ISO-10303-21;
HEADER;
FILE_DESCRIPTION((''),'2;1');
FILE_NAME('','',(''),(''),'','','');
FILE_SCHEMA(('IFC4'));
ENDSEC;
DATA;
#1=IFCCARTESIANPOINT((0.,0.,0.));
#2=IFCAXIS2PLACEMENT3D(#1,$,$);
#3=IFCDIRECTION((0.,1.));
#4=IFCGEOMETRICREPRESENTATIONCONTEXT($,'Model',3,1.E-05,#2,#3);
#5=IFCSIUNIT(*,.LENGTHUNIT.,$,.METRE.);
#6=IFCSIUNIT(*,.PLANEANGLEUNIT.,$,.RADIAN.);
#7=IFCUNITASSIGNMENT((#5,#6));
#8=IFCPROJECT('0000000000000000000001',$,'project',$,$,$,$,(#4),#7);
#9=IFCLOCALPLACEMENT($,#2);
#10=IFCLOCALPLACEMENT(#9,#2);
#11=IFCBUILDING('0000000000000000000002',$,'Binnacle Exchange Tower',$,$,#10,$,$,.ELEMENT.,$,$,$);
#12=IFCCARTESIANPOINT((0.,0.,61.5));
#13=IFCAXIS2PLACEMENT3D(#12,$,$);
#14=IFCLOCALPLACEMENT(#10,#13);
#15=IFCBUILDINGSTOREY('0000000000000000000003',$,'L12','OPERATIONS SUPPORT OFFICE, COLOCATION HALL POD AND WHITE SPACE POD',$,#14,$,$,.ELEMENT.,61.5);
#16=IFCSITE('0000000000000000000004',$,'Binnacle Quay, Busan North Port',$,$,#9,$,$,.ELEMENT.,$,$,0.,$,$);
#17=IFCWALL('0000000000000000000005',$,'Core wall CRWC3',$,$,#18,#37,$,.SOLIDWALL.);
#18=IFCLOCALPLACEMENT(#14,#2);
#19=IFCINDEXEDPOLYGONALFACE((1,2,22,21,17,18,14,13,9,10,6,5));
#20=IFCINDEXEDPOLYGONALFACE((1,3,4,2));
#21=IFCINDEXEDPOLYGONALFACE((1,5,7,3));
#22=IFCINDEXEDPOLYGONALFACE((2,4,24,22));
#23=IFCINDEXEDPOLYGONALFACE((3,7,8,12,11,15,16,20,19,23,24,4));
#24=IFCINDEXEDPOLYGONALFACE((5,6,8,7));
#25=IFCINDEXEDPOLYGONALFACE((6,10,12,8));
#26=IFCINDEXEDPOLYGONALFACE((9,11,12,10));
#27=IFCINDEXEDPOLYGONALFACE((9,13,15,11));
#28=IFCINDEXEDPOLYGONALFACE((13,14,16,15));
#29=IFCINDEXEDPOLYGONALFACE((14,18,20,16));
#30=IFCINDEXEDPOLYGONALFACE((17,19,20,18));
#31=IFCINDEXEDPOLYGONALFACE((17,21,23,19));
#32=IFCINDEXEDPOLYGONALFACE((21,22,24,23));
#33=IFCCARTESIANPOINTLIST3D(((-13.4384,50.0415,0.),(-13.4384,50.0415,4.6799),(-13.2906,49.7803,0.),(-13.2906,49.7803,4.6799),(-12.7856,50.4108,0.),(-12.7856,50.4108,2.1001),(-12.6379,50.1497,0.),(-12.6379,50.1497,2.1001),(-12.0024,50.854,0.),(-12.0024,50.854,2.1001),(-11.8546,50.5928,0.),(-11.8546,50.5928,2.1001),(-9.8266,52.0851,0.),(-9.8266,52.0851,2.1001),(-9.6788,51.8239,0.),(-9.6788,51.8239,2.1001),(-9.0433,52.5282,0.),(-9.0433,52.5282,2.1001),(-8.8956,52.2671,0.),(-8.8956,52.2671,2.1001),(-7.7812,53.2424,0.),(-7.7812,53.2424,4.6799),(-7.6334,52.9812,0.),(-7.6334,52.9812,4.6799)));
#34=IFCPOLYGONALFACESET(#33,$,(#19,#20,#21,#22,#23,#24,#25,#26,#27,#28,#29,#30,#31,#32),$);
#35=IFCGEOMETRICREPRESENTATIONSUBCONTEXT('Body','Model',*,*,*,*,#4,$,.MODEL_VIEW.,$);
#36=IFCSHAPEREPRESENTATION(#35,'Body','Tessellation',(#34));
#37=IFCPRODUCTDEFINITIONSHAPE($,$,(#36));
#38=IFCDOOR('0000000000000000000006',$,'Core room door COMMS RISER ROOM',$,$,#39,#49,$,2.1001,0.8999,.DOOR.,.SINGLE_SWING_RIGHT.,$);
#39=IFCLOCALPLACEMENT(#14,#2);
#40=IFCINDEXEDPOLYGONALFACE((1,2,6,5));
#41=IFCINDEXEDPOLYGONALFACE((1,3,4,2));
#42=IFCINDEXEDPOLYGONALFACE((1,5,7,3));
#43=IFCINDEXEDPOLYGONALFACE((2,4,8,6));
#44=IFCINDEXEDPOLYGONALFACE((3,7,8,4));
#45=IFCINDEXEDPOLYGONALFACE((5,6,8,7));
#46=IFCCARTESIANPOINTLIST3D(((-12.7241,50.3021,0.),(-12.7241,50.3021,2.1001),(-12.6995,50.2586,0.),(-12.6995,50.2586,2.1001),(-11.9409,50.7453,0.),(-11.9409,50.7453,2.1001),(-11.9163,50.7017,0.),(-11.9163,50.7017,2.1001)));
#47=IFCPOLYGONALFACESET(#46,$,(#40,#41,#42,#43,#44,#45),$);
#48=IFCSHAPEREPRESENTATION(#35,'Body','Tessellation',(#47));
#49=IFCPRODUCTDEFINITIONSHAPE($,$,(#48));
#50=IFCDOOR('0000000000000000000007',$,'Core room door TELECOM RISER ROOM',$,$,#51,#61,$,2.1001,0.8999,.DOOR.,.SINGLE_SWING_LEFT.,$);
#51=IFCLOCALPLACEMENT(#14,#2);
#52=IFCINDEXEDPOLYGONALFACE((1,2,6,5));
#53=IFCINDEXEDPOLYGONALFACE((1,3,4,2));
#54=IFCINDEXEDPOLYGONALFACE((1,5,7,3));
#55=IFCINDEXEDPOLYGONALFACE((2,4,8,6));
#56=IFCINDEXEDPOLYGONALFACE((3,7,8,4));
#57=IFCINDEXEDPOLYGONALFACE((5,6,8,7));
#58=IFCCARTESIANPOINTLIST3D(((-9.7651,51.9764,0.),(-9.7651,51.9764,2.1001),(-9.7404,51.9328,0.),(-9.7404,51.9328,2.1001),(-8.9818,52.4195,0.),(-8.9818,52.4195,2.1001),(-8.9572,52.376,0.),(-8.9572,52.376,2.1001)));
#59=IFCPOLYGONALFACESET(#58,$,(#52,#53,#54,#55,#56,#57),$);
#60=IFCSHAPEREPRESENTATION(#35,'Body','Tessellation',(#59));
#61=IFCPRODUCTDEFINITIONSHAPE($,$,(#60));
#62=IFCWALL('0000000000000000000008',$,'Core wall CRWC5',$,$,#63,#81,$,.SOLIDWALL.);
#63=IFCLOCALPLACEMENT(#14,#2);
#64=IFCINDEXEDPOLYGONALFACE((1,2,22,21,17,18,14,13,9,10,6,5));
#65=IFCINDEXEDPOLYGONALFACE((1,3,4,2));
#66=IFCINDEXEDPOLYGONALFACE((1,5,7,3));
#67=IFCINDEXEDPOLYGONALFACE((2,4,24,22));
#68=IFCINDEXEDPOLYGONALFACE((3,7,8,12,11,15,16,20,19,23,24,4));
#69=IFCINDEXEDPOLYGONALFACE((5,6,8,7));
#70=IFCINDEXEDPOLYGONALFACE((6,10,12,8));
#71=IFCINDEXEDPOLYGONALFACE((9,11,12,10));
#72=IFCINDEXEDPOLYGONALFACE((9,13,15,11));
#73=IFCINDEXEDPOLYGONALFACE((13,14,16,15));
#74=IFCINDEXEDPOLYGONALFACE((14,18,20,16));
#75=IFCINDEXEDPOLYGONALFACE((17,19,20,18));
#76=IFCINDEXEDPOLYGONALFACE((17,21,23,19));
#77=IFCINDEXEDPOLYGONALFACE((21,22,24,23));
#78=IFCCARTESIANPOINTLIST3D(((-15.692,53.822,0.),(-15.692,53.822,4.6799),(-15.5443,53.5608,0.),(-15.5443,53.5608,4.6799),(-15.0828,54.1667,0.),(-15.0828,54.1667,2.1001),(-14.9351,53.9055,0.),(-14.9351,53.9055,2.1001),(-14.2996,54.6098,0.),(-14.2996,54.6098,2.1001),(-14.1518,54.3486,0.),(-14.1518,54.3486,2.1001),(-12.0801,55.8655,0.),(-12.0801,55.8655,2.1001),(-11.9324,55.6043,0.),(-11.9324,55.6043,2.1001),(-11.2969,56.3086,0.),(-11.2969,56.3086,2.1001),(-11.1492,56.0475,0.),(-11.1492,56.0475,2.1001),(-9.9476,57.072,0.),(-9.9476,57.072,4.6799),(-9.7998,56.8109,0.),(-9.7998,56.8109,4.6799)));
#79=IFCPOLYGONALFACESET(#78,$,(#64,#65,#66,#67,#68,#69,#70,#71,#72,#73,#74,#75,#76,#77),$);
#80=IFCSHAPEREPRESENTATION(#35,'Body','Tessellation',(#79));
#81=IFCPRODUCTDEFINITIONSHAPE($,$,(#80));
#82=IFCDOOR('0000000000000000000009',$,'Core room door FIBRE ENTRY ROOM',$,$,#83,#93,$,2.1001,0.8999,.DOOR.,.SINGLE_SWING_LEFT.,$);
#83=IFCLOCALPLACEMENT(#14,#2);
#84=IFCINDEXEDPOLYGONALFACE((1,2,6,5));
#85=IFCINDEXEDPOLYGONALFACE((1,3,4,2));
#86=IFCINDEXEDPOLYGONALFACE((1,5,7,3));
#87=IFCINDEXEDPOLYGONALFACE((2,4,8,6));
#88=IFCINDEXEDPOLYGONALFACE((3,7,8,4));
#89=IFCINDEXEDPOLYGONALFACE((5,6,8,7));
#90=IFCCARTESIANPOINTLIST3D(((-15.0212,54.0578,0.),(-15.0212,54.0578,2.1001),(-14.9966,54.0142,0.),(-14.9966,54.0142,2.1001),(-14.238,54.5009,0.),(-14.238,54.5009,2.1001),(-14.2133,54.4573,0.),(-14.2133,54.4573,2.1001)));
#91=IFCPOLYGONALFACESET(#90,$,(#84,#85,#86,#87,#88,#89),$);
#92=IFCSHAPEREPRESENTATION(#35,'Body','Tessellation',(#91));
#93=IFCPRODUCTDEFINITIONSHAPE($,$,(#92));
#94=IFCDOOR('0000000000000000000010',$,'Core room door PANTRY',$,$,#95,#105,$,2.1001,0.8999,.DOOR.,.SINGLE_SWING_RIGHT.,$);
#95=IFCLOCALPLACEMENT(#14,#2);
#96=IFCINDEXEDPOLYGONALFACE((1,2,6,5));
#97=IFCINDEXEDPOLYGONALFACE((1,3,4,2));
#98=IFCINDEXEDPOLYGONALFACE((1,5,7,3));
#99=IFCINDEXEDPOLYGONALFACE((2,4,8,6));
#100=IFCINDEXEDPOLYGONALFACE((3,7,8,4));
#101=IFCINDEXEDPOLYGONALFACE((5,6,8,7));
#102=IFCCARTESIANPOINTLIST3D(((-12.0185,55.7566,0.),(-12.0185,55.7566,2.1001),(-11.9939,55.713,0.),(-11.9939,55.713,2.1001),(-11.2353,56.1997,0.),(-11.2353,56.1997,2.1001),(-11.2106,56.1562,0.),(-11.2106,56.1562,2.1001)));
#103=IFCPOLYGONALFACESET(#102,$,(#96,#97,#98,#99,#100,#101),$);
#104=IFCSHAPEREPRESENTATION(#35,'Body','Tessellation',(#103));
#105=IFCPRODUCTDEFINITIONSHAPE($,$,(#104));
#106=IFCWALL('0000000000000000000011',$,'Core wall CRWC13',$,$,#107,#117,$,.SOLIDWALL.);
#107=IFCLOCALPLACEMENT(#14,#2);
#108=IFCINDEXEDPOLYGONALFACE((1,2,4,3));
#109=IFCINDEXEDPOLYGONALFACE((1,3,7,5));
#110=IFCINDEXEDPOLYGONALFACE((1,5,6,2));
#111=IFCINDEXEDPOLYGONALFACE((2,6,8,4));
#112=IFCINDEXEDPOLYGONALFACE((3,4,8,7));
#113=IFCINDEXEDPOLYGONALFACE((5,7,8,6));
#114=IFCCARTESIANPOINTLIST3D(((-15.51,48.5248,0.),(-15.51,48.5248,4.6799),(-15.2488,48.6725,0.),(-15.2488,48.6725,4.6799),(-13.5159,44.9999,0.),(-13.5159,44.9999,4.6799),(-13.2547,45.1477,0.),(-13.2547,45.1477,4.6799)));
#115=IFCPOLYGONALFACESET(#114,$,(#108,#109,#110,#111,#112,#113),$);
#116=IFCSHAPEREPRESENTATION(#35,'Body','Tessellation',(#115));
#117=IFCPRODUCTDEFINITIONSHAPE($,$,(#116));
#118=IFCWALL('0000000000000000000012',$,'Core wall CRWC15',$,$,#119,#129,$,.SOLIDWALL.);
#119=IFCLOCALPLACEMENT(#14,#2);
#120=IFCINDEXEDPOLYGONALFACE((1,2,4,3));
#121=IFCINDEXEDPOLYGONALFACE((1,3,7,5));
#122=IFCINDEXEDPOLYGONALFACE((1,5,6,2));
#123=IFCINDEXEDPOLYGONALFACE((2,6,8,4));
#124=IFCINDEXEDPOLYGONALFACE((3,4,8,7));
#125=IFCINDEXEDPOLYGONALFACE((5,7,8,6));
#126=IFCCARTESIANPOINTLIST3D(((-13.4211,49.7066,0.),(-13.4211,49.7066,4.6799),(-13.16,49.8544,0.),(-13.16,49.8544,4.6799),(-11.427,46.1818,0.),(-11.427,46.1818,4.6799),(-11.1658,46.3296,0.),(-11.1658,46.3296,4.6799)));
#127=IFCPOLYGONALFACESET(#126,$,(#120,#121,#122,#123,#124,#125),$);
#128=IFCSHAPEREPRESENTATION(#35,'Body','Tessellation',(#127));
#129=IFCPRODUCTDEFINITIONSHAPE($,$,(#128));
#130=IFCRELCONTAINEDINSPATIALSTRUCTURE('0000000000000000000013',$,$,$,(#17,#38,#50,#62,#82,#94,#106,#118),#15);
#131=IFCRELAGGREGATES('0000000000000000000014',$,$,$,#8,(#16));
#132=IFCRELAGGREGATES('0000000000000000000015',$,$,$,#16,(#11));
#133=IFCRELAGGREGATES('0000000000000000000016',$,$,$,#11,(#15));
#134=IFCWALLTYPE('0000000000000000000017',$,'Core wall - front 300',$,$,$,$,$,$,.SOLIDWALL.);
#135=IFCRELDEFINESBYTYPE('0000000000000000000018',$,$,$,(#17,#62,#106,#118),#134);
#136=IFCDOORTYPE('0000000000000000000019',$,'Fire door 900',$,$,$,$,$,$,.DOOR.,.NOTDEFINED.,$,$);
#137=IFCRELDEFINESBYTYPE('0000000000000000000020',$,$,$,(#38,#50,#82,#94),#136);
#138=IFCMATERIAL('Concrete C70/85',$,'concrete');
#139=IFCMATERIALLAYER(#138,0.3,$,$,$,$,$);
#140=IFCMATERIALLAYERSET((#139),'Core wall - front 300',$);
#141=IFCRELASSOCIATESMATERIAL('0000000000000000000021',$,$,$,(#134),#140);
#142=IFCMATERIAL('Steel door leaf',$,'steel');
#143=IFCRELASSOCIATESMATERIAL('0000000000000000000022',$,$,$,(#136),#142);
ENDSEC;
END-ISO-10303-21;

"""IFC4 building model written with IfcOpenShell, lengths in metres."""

from ifc_helpers import new_model, si_unit, direction, frame, frame_2d, origin, place, context, subcontext, project, spatial, rectangle, extrude, material, layer, layer_set, type_object, element, fill, save


model = new_model("IFC4")

# Units and contexts
model_context = context("Model", 3, precision=1e-05, world=origin(), true_north=direction((0.0, 1.0)))
body_context = subcontext(model_context, "Body", "Model", "MODEL_VIEW")
ifc_project = project(units=[si_unit("LENGTHUNIT", "METRE"), si_unit("PLANEANGLEUNIT", "RADIAN")], contexts=[model_context])

# Site, building, storey
site_placement = place(None, origin())
site = spatial("IfcSite", under=ifc_project, at=site_placement, Name="Binnacle Quay, Busan North Port", CompositionType="ELEMENT", RefElevation=0.0)
building_placement = place(site_placement, origin())
building = spatial("IfcBuilding", under=site, at=building_placement, Name="Binnacle Exchange Tower", CompositionType="ELEMENT")
storey_placement = place(building_placement, frame((0.0, 0.0, 61.5)))
storey = spatial("IfcBuildingStorey", under=building, at=storey_placement, Name="L12", Description="OPERATIONS SUPPORT OFFICE, COLOCATION HALL POD AND WHITE SPACE POD", CompositionType="ELEMENT", Elevation=61.5)

# Shared definitions
ifc_material_1 = material(Name="Concrete C70/85", Category="concrete")

# Walls, openings, doors
ifc_layer_1 = layer(ifc_material_1, 0.3)
ifc_layer_set_1 = layer_set([ifc_layer_1], Name="Core wall - front 300")
wall_type_1 = type_object("IfcWallType", Name="Core wall - front 300", PredefinedType="SOLIDWALL", material=ifc_layer_set_1)
wall_1_placement = place(storey_placement, frame((-13.3645, 49.9109, 0.0), z_axis=(0.0, 0.0, 1.0), x_axis=(0.870341, 0.49245, 0.0)))
wall_1 = element("IfcWall", 1, at=wall_1_placement, inside=storey, type_object=wall_type_1, Name="Core wall CRWC3", PredefinedType="SOLIDWALL", context=body_context, shape_type="SweptSolid", body=[
    extrude(rectangle(XDim=6.5, YDim=0.3, at=frame_2d((3.25, 0.0))), origin(), (0.0, 0.0, 1.0), 4.6799),
])
opening_1_placement = place(wall_1_placement, frame((0.75, 0.0, 0.0)))
opening_1 = element("IfcOpeningElement", 2, at=opening_1_placement, cuts=wall_1, PredefinedType="OPENING", context=body_context, shape_type="SweptSolid", body=[
    extrude(rectangle(XDim=0.8999, YDim=2.1001, at=frame_2d((0.45, 1.05))), frame((0.0, 0.1599, 0.0), z_axis=(0.0, -1.0, 0.0), x_axis=(1.0, 0.0, 0.0)), (0.0, 0.0, 1.0), 0.3201),
])
opening_2_placement = place(wall_1_placement, frame((4.1499, 0.0, 0.0)))
opening_2 = element("IfcOpeningElement", 3, at=opening_2_placement, cuts=wall_1, PredefinedType="OPENING", context=body_context, shape_type="SweptSolid", body=[
    extrude(rectangle(XDim=0.8999, YDim=2.1001, at=frame_2d((0.45, 1.05))), frame((0.0, 0.1599, 0.0), z_axis=(0.0, -1.0, 0.0), x_axis=(1.0, 0.0, 0.0)), (0.0, 0.0, 1.0), 0.3201),
])
ifc_material_2 = material(Name="Steel door leaf", Category="steel")
door_type_1 = type_object("IfcDoorType", Name="Fire door 900", OperationType="NOTDEFINED", PredefinedType="DOOR", material=ifc_material_2)
door_1_placement = place(opening_1_placement, frame((0.8999, 0.0, 0.0), z_axis=(0.0, 0.0, 1.0), x_axis=(-1.0, 0.0, 0.0)))
door_1 = element("IfcDoor", 4, at=door_1_placement, inside=storey, type_object=door_type_1, Name="Core room door COMMS RISER ROOM", OperationType="SINGLE_SWING_RIGHT", OverallHeight=2.1001, OverallWidth=0.8999, PredefinedType="DOOR", context=body_context, shape_type="SweptSolid", body=[
    extrude(rectangle(XDim=0.8999, YDim=2.1001, at=frame_2d((0.45, 1.05))), frame((0.0, 0.0249, 0.0), z_axis=(0.0, -1.0, 0.0), x_axis=(1.0, 0.0, 0.0)), (0.0, 0.0, 1.0), 0.05),
])
fill(opening_1, door_1)
door_2_placement = place(opening_2_placement, frame((0.8999, 0.0, 0.0), z_axis=(0.0, 0.0, 1.0), x_axis=(-1.0, 0.0, 0.0)))
door_2 = element("IfcDoor", 5, at=door_2_placement, inside=storey, type_object=door_type_1, Name="Core room door TELECOM RISER ROOM", OperationType="SINGLE_SWING_LEFT", OverallHeight=2.1001, OverallWidth=0.8999, PredefinedType="DOOR", context=body_context, shape_type="SweptSolid", body=[
    extrude(rectangle(XDim=0.8999, YDim=2.1001, at=frame_2d((0.45, 1.05))), frame((0.0, 0.0249, 0.0), z_axis=(0.0, -1.0, 0.0), x_axis=(1.0, 0.0, 0.0)), (0.0, 0.0, 1.0), 0.05),
])
fill(opening_2, door_2)
wall_2_placement = place(storey_placement, frame((-15.6182, 53.6914, 0.0), z_axis=(0.0, 0.0, 1.0), x_axis=(0.870357, 0.492422, 0.0)))
wall_2 = element("IfcWall", 6, at=wall_2_placement, inside=storey, type_object=wall_type_1, Name="Core wall CRWC5", PredefinedType="SOLIDWALL", context=body_context, shape_type="SweptSolid", body=[
    extrude(rectangle(XDim=6.6001, YDim=0.3, at=frame_2d((3.3, 0.0))), origin(), (0.0, 0.0, 1.0), 4.6799),
])
opening_3_placement = place(wall_2_placement, frame((0.7, 0.0, 0.0)))
opening_3 = element("IfcOpeningElement", 7, at=opening_3_placement, cuts=wall_2, PredefinedType="OPENING", context=body_context, shape_type="SweptSolid", body=[
    extrude(rectangle(XDim=0.8999, YDim=2.1001, at=frame_2d((0.45, 1.05))), frame((0.0, 0.1599, 0.0), z_axis=(0.0, -1.0, 0.0), x_axis=(1.0, 0.0, 0.0)), (0.0, 0.0, 1.0), 0.3201),
])
opening_4_placement = place(wall_2_placement, frame((4.1499, 0.0, 0.0)))
opening_4 = element("IfcOpeningElement", 8, at=opening_4_placement, cuts=wall_2, PredefinedType="OPENING", context=body_context, shape_type="SweptSolid", body=[
    extrude(rectangle(XDim=0.8999, YDim=2.1001, at=frame_2d((0.45, 1.05))), frame((0.0, 0.1599, 0.0), z_axis=(0.0, -1.0, 0.0), x_axis=(1.0, 0.0, 0.0)), (0.0, 0.0, 1.0), 0.3201),
])
door_3_placement = place(opening_3_placement, origin())
door_3 = element("IfcDoor", 9, at=door_3_placement, inside=storey, type_object=door_type_1, Name="Core room door FIBRE ENTRY ROOM", OperationType="SINGLE_SWING_LEFT", OverallHeight=2.1001, OverallWidth=0.8999, PredefinedType="DOOR", context=body_context, shape_type="SweptSolid", body=[
    extrude(rectangle(XDim=0.8999, YDim=2.1001, at=frame_2d((0.45, 1.05))), frame((0.0, 0.0249, 0.0), z_axis=(0.0, -1.0, 0.0), x_axis=(1.0, 0.0, 0.0)), (0.0, 0.0, 1.0), 0.05),
])
fill(opening_3, door_3)
door_4_placement = place(opening_4_placement, origin())
door_4 = element("IfcDoor", 10, at=door_4_placement, inside=storey, type_object=door_type_1, Name="Core room door PANTRY", OperationType="SINGLE_SWING_RIGHT", OverallHeight=2.1001, OverallWidth=0.8999, PredefinedType="DOOR", context=body_context, shape_type="SweptSolid", body=[
    extrude(rectangle(XDim=0.8999, YDim=2.1001, at=frame_2d((0.45, 1.05))), frame((0.0, 0.0249, 0.0), z_axis=(0.0, -1.0, 0.0), x_axis=(1.0, 0.0, 0.0)), (0.0, 0.0, 1.0), 0.05),
])
fill(opening_4, door_4)

# Walls
for number, where, z_axis, x_axis, name in (
    (11, (-15.3794, 48.5986, 0.0), (0.0, 0.0, 1.0), (0.492395, -0.870372, 0.0), "Core wall CRWC13"),
    (12, (-13.2905, 49.7805, 0.0), (0.0, 0.0, 1.0), (0.492395, -0.870372, 0.0), "Core wall CRWC15"),
):
    element("IfcWall", number, at=place(storey_placement, frame(where, z_axis=z_axis, x_axis=x_axis)), inside=storey, type_object=wall_type_1, Name=name, PredefinedType="SOLIDWALL", context=body_context, shape_type="SweptSolid", body=[
        extrude(rectangle(XDim=4.0498, YDim=0.3, at=frame_2d((2.0249, 0.0))), origin(), (0.0, 0.0, 1.0), 4.6799),
    ])

save(model, "model.ifc")
